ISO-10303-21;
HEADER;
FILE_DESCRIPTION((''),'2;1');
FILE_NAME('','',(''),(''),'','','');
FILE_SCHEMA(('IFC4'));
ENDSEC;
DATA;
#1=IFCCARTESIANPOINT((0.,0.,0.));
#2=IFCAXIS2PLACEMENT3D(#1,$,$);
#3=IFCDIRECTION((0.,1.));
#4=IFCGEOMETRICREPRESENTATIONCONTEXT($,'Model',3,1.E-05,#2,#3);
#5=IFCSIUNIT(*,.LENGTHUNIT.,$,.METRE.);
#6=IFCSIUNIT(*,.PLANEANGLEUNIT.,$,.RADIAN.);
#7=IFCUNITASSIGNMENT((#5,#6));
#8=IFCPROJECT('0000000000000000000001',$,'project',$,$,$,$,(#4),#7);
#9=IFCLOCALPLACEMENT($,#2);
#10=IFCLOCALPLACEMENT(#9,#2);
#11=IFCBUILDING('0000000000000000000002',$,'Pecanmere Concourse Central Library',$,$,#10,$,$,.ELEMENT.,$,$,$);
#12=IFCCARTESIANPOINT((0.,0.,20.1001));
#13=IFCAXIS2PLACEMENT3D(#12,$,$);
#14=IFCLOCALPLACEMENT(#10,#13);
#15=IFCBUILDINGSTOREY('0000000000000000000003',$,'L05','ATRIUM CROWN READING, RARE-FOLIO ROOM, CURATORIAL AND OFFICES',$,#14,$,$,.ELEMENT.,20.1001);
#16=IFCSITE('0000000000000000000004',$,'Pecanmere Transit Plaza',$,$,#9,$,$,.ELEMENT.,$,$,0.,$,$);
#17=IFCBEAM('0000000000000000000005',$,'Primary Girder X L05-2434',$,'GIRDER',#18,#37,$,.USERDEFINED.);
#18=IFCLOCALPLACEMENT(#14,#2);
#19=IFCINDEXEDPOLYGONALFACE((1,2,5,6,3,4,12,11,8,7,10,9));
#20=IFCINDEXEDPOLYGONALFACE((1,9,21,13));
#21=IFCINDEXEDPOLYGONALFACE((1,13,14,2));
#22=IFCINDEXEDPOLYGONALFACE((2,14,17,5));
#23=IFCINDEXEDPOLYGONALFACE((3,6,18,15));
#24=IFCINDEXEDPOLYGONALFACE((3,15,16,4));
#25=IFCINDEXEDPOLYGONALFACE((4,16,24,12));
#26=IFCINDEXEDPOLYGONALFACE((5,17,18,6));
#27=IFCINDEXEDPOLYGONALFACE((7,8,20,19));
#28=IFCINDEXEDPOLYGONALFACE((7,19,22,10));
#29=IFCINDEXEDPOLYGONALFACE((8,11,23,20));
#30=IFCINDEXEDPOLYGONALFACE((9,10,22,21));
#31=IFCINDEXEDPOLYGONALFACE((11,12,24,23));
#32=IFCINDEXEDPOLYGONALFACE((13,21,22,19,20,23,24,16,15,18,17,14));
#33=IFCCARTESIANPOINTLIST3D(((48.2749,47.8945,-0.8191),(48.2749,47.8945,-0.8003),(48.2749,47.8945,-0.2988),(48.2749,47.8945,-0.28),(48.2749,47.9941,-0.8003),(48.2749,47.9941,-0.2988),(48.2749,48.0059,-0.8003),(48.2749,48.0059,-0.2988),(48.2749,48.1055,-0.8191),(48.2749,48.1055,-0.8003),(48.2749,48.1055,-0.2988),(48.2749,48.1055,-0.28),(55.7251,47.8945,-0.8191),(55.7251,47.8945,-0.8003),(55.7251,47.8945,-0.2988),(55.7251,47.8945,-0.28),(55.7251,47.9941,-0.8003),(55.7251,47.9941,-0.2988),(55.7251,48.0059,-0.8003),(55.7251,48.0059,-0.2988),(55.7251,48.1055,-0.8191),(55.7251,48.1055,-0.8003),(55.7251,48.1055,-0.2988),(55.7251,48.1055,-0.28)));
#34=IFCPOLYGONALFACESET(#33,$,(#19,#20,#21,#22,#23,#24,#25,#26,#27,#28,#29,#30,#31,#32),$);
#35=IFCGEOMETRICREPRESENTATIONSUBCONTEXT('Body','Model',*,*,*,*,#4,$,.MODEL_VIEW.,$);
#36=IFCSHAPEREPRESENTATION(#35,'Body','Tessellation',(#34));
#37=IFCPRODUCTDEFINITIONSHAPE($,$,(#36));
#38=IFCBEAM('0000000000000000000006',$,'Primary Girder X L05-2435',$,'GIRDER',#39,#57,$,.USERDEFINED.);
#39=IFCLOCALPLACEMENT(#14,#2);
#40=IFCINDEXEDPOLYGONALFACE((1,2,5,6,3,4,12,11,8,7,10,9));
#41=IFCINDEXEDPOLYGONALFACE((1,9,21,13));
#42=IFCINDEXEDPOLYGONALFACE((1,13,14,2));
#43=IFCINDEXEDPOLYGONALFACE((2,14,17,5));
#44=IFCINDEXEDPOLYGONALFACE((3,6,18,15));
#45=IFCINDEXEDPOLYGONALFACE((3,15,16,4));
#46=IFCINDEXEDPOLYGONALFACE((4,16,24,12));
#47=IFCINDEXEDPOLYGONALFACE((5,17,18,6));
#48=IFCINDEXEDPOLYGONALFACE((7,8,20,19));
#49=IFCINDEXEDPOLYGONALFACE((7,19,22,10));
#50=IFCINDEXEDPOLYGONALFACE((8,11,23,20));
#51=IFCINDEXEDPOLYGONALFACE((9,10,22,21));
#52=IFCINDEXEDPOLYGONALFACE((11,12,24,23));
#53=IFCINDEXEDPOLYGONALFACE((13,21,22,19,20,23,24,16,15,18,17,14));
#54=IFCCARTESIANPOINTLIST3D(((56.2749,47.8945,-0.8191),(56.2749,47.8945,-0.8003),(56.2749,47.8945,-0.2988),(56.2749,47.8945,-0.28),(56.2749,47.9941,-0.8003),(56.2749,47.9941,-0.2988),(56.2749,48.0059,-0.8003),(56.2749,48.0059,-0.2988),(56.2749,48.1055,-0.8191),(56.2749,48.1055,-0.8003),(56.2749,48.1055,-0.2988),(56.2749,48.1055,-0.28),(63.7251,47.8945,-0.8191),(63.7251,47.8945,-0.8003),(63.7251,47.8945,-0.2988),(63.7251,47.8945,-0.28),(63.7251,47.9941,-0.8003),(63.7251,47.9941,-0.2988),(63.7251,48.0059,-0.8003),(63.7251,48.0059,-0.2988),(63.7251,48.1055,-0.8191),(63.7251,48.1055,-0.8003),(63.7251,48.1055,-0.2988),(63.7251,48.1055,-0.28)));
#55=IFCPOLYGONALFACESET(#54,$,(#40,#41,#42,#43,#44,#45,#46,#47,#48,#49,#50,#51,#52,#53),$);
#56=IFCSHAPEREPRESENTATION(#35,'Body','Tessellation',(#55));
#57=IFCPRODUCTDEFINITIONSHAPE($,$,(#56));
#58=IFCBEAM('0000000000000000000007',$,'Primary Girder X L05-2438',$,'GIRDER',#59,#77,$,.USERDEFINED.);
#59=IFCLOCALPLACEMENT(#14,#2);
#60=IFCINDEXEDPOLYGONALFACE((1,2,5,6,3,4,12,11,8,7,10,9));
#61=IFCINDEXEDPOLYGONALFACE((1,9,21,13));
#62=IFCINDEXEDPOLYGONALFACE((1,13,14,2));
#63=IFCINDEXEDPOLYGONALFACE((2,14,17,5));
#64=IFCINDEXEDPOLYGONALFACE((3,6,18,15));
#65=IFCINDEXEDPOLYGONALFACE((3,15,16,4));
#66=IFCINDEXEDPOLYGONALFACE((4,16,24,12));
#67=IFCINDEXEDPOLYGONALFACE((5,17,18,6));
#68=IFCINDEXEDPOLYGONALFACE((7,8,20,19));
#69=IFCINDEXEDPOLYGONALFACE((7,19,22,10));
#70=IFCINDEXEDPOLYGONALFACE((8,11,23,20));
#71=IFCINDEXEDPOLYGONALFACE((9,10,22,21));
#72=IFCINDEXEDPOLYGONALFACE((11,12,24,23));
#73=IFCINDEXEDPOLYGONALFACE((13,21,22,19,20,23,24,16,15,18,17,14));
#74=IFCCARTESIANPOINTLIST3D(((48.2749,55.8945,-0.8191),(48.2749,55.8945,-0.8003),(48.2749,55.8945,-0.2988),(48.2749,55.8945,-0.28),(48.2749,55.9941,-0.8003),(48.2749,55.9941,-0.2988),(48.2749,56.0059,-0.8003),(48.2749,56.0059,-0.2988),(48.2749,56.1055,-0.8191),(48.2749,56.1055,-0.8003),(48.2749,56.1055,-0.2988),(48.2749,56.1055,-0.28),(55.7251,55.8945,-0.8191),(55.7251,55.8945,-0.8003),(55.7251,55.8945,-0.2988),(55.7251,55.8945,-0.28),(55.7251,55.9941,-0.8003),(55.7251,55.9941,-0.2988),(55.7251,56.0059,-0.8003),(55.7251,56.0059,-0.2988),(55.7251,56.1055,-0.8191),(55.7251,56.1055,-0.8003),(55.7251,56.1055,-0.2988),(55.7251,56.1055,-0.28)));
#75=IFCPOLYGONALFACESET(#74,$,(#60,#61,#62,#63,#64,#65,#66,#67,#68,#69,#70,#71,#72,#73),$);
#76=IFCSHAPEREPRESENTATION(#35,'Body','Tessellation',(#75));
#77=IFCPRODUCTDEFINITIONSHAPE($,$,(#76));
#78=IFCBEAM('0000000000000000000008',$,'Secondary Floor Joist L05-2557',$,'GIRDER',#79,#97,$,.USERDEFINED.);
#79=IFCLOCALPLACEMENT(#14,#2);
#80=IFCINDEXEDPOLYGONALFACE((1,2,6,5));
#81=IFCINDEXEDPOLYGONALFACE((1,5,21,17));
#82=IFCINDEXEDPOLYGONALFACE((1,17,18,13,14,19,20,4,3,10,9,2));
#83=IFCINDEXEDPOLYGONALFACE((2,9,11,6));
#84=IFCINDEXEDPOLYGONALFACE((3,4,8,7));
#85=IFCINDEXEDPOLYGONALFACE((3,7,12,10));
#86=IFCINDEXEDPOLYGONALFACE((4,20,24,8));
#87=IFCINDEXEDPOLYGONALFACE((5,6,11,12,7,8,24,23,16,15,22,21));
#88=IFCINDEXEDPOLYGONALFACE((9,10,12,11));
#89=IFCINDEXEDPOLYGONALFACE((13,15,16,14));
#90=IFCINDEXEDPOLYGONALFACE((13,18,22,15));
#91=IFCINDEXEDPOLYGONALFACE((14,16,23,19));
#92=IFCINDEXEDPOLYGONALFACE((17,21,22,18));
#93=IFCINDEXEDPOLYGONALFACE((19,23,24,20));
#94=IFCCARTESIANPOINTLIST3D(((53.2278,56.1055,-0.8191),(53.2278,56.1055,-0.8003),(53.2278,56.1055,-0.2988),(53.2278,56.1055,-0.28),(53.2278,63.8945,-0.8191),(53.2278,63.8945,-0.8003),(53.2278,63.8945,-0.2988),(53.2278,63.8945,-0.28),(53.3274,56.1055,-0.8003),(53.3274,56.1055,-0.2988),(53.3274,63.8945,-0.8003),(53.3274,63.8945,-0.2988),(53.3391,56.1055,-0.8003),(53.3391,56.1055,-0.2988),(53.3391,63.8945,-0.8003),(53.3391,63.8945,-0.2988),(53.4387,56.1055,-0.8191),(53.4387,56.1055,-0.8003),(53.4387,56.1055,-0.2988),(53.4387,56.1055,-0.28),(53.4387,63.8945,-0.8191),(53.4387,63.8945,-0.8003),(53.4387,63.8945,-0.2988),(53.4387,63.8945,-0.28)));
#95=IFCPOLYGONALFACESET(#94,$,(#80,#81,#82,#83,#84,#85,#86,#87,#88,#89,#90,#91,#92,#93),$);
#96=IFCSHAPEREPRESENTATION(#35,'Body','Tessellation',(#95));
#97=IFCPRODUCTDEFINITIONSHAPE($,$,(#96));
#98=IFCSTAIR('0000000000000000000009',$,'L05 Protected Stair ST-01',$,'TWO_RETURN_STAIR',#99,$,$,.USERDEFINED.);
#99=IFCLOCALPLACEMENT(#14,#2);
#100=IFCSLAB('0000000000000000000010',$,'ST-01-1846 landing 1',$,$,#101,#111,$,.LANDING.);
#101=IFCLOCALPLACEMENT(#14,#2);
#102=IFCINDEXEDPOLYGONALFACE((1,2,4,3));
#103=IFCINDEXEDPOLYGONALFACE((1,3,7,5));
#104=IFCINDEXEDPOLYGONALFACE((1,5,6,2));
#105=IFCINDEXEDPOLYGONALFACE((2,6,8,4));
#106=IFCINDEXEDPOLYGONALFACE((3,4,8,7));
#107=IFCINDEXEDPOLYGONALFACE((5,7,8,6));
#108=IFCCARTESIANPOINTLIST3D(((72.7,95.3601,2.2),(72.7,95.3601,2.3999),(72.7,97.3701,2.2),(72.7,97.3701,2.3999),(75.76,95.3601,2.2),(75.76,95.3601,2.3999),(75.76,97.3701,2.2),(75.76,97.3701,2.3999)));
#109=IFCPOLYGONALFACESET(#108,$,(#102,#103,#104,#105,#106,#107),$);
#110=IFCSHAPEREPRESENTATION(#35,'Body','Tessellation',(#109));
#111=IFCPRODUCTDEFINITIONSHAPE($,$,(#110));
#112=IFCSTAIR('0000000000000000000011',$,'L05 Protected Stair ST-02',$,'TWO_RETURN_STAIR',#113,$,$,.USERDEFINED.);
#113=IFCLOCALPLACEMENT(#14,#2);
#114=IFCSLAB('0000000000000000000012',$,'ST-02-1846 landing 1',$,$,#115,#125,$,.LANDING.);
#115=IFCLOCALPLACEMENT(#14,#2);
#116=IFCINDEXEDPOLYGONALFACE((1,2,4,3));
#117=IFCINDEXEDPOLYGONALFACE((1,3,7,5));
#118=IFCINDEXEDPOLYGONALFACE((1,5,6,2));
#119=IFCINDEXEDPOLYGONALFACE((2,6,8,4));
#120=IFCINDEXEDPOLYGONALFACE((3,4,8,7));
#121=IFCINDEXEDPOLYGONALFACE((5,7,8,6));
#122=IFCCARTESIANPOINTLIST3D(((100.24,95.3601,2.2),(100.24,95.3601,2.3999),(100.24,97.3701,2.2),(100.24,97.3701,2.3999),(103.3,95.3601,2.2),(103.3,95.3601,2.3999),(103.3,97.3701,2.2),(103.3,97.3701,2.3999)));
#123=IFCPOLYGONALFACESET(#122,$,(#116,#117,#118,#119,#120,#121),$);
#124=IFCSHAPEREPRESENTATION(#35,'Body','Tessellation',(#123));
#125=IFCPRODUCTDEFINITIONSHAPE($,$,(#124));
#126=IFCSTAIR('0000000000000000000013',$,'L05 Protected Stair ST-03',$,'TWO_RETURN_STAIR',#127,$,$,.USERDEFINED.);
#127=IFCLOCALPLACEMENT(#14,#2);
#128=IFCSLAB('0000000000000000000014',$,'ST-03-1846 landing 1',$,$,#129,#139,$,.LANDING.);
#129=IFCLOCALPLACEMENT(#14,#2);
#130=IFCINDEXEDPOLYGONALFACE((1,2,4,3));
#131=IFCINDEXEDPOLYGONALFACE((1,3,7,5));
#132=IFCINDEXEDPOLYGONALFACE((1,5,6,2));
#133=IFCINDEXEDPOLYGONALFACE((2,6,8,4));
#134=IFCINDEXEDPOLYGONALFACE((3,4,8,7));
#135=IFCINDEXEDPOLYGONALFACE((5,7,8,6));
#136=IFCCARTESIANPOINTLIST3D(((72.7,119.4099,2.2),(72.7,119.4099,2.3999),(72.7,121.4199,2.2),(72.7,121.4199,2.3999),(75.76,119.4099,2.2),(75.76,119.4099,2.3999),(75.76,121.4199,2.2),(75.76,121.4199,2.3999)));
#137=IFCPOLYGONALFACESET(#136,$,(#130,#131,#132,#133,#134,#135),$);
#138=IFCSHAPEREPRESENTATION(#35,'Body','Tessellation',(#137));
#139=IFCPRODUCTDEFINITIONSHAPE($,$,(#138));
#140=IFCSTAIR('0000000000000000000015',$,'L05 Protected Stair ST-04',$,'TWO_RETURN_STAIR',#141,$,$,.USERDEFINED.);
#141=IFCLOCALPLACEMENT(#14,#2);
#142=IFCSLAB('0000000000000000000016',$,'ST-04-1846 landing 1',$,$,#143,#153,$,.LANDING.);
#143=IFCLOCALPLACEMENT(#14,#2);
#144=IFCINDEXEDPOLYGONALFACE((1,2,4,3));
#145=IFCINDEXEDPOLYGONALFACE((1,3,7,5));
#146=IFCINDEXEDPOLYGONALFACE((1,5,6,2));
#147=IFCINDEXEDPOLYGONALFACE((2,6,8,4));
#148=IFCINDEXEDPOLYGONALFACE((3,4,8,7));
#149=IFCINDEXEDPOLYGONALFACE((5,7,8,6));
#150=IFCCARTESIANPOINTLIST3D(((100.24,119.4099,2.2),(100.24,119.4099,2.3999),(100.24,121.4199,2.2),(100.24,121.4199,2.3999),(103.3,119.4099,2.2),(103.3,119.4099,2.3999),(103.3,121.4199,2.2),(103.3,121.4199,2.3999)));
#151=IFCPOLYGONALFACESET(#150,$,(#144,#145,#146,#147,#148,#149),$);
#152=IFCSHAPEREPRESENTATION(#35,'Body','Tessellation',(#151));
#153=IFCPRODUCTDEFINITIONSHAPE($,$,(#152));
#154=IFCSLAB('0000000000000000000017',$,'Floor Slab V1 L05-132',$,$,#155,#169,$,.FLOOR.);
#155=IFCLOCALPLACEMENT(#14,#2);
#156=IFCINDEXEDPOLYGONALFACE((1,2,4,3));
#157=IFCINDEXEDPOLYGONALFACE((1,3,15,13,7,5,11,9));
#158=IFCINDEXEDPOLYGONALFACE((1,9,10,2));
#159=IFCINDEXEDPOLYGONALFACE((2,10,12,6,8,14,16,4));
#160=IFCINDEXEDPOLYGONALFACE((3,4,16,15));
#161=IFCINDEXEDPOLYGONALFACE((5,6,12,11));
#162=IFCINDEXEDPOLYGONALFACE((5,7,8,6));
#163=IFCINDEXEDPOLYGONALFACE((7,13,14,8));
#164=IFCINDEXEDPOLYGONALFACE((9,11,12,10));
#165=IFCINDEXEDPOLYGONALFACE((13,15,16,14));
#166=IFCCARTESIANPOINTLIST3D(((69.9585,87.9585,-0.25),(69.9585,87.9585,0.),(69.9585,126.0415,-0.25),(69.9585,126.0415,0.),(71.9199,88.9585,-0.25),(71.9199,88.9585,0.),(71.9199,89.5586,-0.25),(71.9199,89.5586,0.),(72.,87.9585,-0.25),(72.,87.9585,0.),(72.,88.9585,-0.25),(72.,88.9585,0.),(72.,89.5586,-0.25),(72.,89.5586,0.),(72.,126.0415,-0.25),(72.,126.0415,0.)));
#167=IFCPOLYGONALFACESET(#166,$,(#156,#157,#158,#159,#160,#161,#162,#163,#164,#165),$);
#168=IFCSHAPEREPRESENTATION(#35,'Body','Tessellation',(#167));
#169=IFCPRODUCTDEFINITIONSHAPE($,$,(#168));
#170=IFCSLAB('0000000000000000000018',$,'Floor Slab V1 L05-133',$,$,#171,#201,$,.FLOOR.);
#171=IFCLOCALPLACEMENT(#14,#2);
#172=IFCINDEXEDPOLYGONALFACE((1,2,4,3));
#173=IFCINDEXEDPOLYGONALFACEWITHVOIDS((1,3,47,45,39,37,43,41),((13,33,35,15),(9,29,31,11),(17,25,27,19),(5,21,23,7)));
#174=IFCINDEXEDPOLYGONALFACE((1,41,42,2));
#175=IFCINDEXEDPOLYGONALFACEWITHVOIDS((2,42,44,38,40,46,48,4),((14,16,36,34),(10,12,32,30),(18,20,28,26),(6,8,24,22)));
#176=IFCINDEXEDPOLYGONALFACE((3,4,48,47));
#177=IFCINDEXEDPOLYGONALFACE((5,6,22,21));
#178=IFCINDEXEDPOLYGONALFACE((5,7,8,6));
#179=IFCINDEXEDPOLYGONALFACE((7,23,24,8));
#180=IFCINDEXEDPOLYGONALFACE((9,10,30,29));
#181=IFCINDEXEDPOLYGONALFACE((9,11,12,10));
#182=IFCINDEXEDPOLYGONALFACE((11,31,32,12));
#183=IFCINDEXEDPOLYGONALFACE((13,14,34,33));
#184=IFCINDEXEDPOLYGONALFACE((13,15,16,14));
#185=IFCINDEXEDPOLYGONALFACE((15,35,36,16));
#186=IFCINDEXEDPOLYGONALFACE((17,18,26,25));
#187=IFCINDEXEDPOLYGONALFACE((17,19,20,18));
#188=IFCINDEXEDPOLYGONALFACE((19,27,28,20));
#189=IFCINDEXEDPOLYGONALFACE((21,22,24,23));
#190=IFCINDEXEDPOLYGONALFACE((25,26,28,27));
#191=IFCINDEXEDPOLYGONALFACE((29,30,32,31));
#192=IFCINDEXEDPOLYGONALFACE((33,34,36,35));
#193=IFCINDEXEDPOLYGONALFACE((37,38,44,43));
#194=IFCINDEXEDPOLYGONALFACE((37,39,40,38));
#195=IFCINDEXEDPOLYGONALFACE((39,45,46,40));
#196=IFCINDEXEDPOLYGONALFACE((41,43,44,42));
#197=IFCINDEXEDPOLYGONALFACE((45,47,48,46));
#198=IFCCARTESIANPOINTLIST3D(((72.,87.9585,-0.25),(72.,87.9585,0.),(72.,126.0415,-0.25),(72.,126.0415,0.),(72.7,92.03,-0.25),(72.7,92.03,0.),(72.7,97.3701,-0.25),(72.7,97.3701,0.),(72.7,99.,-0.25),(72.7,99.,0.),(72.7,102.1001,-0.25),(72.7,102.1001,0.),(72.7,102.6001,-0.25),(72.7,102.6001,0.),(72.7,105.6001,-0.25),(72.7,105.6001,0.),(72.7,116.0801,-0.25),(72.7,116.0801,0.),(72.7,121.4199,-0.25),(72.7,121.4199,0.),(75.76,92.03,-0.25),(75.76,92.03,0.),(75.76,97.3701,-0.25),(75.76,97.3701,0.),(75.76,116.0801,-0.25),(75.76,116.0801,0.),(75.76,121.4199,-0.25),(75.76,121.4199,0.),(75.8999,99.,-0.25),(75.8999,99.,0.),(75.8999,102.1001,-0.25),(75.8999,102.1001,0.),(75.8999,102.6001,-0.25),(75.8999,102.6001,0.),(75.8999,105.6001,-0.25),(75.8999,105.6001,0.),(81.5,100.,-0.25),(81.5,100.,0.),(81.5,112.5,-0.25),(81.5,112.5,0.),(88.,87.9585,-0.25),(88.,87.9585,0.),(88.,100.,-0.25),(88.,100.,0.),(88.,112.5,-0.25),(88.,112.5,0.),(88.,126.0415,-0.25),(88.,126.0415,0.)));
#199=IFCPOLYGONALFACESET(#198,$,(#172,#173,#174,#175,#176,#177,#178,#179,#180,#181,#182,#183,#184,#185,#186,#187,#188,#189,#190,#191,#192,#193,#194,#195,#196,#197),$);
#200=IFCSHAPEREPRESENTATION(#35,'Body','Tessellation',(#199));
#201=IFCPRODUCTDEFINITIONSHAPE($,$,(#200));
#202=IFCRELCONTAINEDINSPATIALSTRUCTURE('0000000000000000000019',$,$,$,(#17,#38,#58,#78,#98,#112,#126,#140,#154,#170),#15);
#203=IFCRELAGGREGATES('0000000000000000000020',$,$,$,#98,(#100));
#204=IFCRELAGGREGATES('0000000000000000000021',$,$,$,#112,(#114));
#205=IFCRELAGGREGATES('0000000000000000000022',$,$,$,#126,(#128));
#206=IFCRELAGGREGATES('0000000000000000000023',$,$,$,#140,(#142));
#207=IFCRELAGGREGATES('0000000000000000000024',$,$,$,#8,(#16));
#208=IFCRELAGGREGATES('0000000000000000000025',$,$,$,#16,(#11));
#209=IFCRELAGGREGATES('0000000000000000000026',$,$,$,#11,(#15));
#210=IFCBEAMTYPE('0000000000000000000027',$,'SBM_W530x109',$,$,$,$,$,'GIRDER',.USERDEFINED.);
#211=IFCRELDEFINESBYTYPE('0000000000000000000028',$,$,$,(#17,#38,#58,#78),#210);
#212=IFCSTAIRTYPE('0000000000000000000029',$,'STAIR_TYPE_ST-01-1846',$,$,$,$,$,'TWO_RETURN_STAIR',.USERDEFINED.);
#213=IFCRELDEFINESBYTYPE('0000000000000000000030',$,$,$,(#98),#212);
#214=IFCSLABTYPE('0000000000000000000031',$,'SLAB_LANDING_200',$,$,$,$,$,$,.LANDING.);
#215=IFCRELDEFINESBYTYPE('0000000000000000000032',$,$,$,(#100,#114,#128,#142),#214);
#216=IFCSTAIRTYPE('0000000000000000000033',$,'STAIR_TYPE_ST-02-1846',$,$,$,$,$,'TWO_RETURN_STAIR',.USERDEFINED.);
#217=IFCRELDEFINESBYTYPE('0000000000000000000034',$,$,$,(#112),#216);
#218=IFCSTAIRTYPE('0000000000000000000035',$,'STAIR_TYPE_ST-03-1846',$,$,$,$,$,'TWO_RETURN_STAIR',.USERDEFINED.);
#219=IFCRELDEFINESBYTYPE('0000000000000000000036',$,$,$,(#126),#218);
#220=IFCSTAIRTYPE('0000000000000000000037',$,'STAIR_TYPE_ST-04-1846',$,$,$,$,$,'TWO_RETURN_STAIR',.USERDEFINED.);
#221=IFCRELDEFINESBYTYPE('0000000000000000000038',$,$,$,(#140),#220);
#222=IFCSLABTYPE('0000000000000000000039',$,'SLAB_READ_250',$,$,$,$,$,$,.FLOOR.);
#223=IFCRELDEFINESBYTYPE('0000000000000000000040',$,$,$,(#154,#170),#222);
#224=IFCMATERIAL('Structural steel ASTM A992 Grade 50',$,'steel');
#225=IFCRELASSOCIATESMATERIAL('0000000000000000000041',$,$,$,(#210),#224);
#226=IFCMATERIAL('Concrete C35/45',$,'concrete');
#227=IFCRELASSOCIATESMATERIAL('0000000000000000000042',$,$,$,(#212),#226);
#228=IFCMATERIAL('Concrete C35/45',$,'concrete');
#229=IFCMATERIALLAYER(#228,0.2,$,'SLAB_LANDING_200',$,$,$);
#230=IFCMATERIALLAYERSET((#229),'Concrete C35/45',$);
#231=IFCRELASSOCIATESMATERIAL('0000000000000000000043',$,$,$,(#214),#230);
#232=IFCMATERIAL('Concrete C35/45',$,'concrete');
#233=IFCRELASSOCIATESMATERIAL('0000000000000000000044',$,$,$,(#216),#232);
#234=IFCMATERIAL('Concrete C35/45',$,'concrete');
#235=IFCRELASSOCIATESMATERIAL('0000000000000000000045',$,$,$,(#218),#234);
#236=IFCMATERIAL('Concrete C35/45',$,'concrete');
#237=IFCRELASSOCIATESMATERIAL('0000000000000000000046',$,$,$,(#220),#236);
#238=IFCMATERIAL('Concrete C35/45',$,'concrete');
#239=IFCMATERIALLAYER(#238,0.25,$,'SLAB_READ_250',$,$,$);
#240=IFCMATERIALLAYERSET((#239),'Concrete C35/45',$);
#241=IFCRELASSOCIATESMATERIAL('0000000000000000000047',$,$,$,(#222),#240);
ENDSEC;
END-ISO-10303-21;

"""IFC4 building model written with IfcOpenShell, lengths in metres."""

from ifc_helpers import new_model, si_unit, direction, frame, origin, origin_2d, place, context, subcontext, project, spatial, polyline, i_section, outline, extrude, material, layer, layer_set, material_profile, profile_set, type_object, element, aggregate, save


model = new_model("IFC4")

# Units and contexts
model_context = context("Model", 3, precision=1e-05, world=origin(), true_north=direction((0.0, 1.0)))
body_context = subcontext(model_context, "Body", "Model", "MODEL_VIEW")
ifc_project = project(units=[si_unit("LENGTHUNIT", "METRE"), si_unit("PLANEANGLEUNIT", "RADIAN")], contexts=[model_context])

# Site, building, storey
site_placement = place(None, origin())
site = spatial("IfcSite", under=ifc_project, at=site_placement, Name="Pecanmere Transit Plaza", CompositionType="ELEMENT", RefElevation=0.0)
building_placement = place(site_placement, origin())
building = spatial("IfcBuilding", under=site, at=building_placement, Name="Pecanmere Concourse Central Library", CompositionType="ELEMENT")
storey_placement = place(building_placement, frame((0.0, 0.0, 20.1001)))
storey = spatial("IfcBuildingStorey", under=building, at=storey_placement, Name="L05", Description="ATRIUM CROWN READING, RARE-FOLIO ROOM, CURATORIAL AND OFFICES", CompositionType="ELEMENT", Elevation=20.1001)

# Beams
ifc_material_1 = material(Name="Structural steel ASTM A992 Grade 50", Category="steel")
ifc_material_profile_1 = material_profile(ifc_material_1, i_section(OverallWidth=0.2109, OverallDepth=0.5391, WebThickness=0.0117, FlangeThickness=0.0188, at=origin_2d()), Name="W530x109")
ifc_profile_set_1 = profile_set([ifc_material_profile_1], Name="Structural steel ASTM A992 Grade 50")
beam_type_1 = type_object("IfcBeamType", Name="SBM_W530x109", ElementType="GIRDER", PredefinedType="USERDEFINED", material=ifc_profile_set_1)
for number, where, z_axis, x_axis, name in (
    (1, (48.2749, 48.0, -0.5496), (1.0, 0.0, 0.0), (0.0, 1.0, 0.0), "Primary Girder X L05-2434"),
    (2, (56.2749, 48.0, -0.5496), (1.0, 0.0, 0.0), (0.0, 1.0, 0.0), "Primary Girder X L05-2435"),
    (3, (48.2749, 56.0, -0.5496), (1.0, 0.0, 0.0), (0.0, 1.0, 0.0), "Primary Girder X L05-2438"),
):
    element("IfcBeam", number, at=place(storey_placement, frame(where, z_axis=z_axis, x_axis=x_axis)), inside=storey, type_object=beam_type_1, Name=name, ObjectType="GIRDER", PredefinedType="USERDEFINED", context=body_context, shape_type="SweptSolid", body=[
        extrude(i_section(OverallWidth=0.2109, OverallDepth=0.5391, WebThickness=0.0117, FlangeThickness=0.0188, at=origin_2d()), origin(), (0.0, 0.0, 1.0), 7.4502),
    ])
beam_1_placement = place(storey_placement, frame((53.3333, 56.1055, -0.5496), z_axis=(0.0, 1.0, 0.0), x_axis=(-1.0, 0.0, 0.0)))
element("IfcBeam", 4, at=beam_1_placement, inside=storey, type_object=beam_type_1, Name="Secondary Floor Joist L05-2557", ObjectType="GIRDER", PredefinedType="USERDEFINED", context=body_context, shape_type="SweptSolid", body=[
    extrude(i_section(OverallWidth=0.2109, OverallDepth=0.5391, WebThickness=0.0117, FlangeThickness=0.0188, at=origin_2d()), origin(), (0.0, 0.0, 1.0), 7.7891),
])

# Stairs, slabs
ifc_material_2 = material(Name="Concrete C35/45", Category="concrete")
stair_type_1 = type_object("IfcStairType", Name="STAIR_TYPE_ST-01-1846", ElementType="TWO_RETURN_STAIR", PredefinedType="USERDEFINED", material=ifc_material_2)
stair_1_placement = place(storey_placement, origin())
stair_1 = element("IfcStair", 5, at=stair_1_placement, inside=storey, type_object=stair_type_1, Name="L05 Protected Stair ST-01", ObjectType="TWO_RETURN_STAIR", PredefinedType="USERDEFINED")
ifc_material_3 = material(Name="Concrete C35/45", Category="concrete")
ifc_layer_1 = layer(ifc_material_3, 0.2, Name="SLAB_LANDING_200")
ifc_layer_set_1 = layer_set([ifc_layer_1], Name="Concrete C35/45")
slab_type_1 = type_object("IfcSlabType", Name="SLAB_LANDING_200", PredefinedType="LANDING", material=ifc_layer_set_1)
slab_1_placement = place(storey_placement, frame((0.0, 0.0, 2.2)))
slab_1 = element("IfcSlab", 6, at=slab_1_placement, type_object=slab_type_1, Name="ST-01-1846 landing 1", PredefinedType="LANDING", context=body_context, shape_type="SweptSolid", body=[
    extrude(outline(polyline([(75.76, 95.3601), (75.76, 97.3701), (72.7, 97.3701), (72.7, 95.3601), (75.76, 95.3601)])), origin(), (0.0, 0.0, 1.0), 0.2),
])
aggregate(stair_1, [slab_1])
ifc_material_4 = material(Name="Concrete C35/45", Category="concrete")
stair_type_2 = type_object("IfcStairType", Name="STAIR_TYPE_ST-02-1846", ElementType="TWO_RETURN_STAIR", PredefinedType="USERDEFINED", material=ifc_material_4)
stair_2_placement = place(storey_placement, origin())
stair_2 = element("IfcStair", 7, at=stair_2_placement, inside=storey, type_object=stair_type_2, Name="L05 Protected Stair ST-02", ObjectType="TWO_RETURN_STAIR", PredefinedType="USERDEFINED")
slab_2_placement = place(storey_placement, frame((0.0, 0.0, 2.2)))
slab_2 = element("IfcSlab", 8, at=slab_2_placement, type_object=slab_type_1, Name="ST-02-1846 landing 1", PredefinedType="LANDING", context=body_context, shape_type="SweptSolid", body=[
    extrude(outline(polyline([(103.3, 95.3601), (103.3, 97.3701), (100.24, 97.3701), (100.24, 95.3601), (103.3, 95.3601)])), origin(), (0.0, 0.0, 1.0), 0.2),
])
aggregate(stair_2, [slab_2])
ifc_material_5 = material(Name="Concrete C35/45", Category="concrete")
stair_type_3 = type_object("IfcStairType", Name="STAIR_TYPE_ST-03-1846", ElementType="TWO_RETURN_STAIR", PredefinedType="USERDEFINED", material=ifc_material_5)
stair_3_placement = place(storey_placement, origin())
stair_3 = element("IfcStair", 9, at=stair_3_placement, inside=storey, type_object=stair_type_3, Name="L05 Protected Stair ST-03", ObjectType="TWO_RETURN_STAIR", PredefinedType="USERDEFINED")
slab_3_placement = place(storey_placement, frame((0.0, 0.0, 2.2)))
slab_3 = element("IfcSlab", 10, at=slab_3_placement, type_object=slab_type_1, Name="ST-03-1846 landing 1", PredefinedType="LANDING", context=body_context, shape_type="SweptSolid", body=[
    extrude(outline(polyline([(75.76, 119.4099), (75.76, 121.4199), (72.7, 121.4199), (72.7, 119.4099), (75.76, 119.4099)])), origin(), (0.0, 0.0, 1.0), 0.2),
])
aggregate(stair_3, [slab_3])
ifc_material_6 = material(Name="Concrete C35/45", Category="concrete")
stair_type_4 = type_object("IfcStairType", Name="STAIR_TYPE_ST-04-1846", ElementType="TWO_RETURN_STAIR", PredefinedType="USERDEFINED", material=ifc_material_6)
stair_4_placement = place(storey_placement, origin())
stair_4 = element("IfcStair", 11, at=stair_4_placement, inside=storey, type_object=stair_type_4, Name="L05 Protected Stair ST-04", ObjectType="TWO_RETURN_STAIR", PredefinedType="USERDEFINED")
slab_4_placement = place(storey_placement, frame((0.0, 0.0, 2.2)))
slab_4 = element("IfcSlab", 12, at=slab_4_placement, type_object=slab_type_1, Name="ST-04-1846 landing 1", PredefinedType="LANDING", context=body_context, shape_type="SweptSolid", body=[
    extrude(outline(polyline([(103.3, 119.4099), (103.3, 121.4199), (100.24, 121.4199), (100.24, 119.4099), (103.3, 119.4099)])), origin(), (0.0, 0.0, 1.0), 0.2),
])
aggregate(stair_4, [slab_4])

# Slabs
ifc_material_7 = material(Name="Concrete C35/45", Category="concrete")
ifc_layer_2 = layer(ifc_material_7, 0.25, Name="SLAB_READ_250")
ifc_layer_set_2 = layer_set([ifc_layer_2], Name="Concrete C35/45")
slab_type_2 = type_object("IfcSlabType", Name="SLAB_READ_250", PredefinedType="FLOOR", material=ifc_layer_set_2)
slab_5_placement = place(storey_placement, frame((0.0, 0.0, -0.25)))
element("IfcSlab", 13, at=slab_5_placement, inside=storey, type_object=slab_type_2, Name="Floor Slab V1 L05-132", PredefinedType="FLOOR", context=body_context, shape_type="SweptSolid", body=[
    extrude(outline(polyline([(72.0, 89.5586), (71.9199, 89.5586), (71.9199, 88.9585), (72.0, 88.9585), (72.0, 87.9585), (69.9585, 87.9585), (69.9585, 126.0415), (72.0, 126.0415), (72.0, 89.5586)])), origin(), (0.0, 0.0, 1.0), 0.25),
])
slab_6_placement = place(storey_placement, frame((0.0, 0.0, -0.25)))
element("IfcSlab", 14, at=slab_6_placement, inside=storey, type_object=slab_type_2, Name="Floor Slab V1 L05-133", PredefinedType="FLOOR", context=body_context, shape_type="SweptSolid", body=[
    extrude(outline(polyline([(72.0, 87.9585), (72.0, 126.0415), (88.0, 126.0415), (88.0, 112.5), (81.5, 112.5), (81.5, 100.0), (88.0, 100.0), (88.0, 87.9585), (72.0, 87.9585)]), holes=[polyline([(75.76, 97.3701), (72.7, 97.3701), (72.7, 92.03), (75.76, 92.03), (75.76, 97.3701)]), polyline([(75.8999, 102.1001), (72.7, 102.1001), (72.7, 99.0), (75.8999, 99.0), (75.8999, 102.1001)]), polyline([(75.8999, 105.6001), (72.7, 105.6001), (72.7, 102.6001), (75.8999, 102.6001), (75.8999, 105.6001)]), polyline([(75.76, 121.4199), (72.7, 121.4199), (72.7, 116.0801), (75.76, 116.0801), (75.76, 121.4199)])]), origin(), (0.0, 0.0, 1.0), 0.25),
])

save(model, "model.ifc")
